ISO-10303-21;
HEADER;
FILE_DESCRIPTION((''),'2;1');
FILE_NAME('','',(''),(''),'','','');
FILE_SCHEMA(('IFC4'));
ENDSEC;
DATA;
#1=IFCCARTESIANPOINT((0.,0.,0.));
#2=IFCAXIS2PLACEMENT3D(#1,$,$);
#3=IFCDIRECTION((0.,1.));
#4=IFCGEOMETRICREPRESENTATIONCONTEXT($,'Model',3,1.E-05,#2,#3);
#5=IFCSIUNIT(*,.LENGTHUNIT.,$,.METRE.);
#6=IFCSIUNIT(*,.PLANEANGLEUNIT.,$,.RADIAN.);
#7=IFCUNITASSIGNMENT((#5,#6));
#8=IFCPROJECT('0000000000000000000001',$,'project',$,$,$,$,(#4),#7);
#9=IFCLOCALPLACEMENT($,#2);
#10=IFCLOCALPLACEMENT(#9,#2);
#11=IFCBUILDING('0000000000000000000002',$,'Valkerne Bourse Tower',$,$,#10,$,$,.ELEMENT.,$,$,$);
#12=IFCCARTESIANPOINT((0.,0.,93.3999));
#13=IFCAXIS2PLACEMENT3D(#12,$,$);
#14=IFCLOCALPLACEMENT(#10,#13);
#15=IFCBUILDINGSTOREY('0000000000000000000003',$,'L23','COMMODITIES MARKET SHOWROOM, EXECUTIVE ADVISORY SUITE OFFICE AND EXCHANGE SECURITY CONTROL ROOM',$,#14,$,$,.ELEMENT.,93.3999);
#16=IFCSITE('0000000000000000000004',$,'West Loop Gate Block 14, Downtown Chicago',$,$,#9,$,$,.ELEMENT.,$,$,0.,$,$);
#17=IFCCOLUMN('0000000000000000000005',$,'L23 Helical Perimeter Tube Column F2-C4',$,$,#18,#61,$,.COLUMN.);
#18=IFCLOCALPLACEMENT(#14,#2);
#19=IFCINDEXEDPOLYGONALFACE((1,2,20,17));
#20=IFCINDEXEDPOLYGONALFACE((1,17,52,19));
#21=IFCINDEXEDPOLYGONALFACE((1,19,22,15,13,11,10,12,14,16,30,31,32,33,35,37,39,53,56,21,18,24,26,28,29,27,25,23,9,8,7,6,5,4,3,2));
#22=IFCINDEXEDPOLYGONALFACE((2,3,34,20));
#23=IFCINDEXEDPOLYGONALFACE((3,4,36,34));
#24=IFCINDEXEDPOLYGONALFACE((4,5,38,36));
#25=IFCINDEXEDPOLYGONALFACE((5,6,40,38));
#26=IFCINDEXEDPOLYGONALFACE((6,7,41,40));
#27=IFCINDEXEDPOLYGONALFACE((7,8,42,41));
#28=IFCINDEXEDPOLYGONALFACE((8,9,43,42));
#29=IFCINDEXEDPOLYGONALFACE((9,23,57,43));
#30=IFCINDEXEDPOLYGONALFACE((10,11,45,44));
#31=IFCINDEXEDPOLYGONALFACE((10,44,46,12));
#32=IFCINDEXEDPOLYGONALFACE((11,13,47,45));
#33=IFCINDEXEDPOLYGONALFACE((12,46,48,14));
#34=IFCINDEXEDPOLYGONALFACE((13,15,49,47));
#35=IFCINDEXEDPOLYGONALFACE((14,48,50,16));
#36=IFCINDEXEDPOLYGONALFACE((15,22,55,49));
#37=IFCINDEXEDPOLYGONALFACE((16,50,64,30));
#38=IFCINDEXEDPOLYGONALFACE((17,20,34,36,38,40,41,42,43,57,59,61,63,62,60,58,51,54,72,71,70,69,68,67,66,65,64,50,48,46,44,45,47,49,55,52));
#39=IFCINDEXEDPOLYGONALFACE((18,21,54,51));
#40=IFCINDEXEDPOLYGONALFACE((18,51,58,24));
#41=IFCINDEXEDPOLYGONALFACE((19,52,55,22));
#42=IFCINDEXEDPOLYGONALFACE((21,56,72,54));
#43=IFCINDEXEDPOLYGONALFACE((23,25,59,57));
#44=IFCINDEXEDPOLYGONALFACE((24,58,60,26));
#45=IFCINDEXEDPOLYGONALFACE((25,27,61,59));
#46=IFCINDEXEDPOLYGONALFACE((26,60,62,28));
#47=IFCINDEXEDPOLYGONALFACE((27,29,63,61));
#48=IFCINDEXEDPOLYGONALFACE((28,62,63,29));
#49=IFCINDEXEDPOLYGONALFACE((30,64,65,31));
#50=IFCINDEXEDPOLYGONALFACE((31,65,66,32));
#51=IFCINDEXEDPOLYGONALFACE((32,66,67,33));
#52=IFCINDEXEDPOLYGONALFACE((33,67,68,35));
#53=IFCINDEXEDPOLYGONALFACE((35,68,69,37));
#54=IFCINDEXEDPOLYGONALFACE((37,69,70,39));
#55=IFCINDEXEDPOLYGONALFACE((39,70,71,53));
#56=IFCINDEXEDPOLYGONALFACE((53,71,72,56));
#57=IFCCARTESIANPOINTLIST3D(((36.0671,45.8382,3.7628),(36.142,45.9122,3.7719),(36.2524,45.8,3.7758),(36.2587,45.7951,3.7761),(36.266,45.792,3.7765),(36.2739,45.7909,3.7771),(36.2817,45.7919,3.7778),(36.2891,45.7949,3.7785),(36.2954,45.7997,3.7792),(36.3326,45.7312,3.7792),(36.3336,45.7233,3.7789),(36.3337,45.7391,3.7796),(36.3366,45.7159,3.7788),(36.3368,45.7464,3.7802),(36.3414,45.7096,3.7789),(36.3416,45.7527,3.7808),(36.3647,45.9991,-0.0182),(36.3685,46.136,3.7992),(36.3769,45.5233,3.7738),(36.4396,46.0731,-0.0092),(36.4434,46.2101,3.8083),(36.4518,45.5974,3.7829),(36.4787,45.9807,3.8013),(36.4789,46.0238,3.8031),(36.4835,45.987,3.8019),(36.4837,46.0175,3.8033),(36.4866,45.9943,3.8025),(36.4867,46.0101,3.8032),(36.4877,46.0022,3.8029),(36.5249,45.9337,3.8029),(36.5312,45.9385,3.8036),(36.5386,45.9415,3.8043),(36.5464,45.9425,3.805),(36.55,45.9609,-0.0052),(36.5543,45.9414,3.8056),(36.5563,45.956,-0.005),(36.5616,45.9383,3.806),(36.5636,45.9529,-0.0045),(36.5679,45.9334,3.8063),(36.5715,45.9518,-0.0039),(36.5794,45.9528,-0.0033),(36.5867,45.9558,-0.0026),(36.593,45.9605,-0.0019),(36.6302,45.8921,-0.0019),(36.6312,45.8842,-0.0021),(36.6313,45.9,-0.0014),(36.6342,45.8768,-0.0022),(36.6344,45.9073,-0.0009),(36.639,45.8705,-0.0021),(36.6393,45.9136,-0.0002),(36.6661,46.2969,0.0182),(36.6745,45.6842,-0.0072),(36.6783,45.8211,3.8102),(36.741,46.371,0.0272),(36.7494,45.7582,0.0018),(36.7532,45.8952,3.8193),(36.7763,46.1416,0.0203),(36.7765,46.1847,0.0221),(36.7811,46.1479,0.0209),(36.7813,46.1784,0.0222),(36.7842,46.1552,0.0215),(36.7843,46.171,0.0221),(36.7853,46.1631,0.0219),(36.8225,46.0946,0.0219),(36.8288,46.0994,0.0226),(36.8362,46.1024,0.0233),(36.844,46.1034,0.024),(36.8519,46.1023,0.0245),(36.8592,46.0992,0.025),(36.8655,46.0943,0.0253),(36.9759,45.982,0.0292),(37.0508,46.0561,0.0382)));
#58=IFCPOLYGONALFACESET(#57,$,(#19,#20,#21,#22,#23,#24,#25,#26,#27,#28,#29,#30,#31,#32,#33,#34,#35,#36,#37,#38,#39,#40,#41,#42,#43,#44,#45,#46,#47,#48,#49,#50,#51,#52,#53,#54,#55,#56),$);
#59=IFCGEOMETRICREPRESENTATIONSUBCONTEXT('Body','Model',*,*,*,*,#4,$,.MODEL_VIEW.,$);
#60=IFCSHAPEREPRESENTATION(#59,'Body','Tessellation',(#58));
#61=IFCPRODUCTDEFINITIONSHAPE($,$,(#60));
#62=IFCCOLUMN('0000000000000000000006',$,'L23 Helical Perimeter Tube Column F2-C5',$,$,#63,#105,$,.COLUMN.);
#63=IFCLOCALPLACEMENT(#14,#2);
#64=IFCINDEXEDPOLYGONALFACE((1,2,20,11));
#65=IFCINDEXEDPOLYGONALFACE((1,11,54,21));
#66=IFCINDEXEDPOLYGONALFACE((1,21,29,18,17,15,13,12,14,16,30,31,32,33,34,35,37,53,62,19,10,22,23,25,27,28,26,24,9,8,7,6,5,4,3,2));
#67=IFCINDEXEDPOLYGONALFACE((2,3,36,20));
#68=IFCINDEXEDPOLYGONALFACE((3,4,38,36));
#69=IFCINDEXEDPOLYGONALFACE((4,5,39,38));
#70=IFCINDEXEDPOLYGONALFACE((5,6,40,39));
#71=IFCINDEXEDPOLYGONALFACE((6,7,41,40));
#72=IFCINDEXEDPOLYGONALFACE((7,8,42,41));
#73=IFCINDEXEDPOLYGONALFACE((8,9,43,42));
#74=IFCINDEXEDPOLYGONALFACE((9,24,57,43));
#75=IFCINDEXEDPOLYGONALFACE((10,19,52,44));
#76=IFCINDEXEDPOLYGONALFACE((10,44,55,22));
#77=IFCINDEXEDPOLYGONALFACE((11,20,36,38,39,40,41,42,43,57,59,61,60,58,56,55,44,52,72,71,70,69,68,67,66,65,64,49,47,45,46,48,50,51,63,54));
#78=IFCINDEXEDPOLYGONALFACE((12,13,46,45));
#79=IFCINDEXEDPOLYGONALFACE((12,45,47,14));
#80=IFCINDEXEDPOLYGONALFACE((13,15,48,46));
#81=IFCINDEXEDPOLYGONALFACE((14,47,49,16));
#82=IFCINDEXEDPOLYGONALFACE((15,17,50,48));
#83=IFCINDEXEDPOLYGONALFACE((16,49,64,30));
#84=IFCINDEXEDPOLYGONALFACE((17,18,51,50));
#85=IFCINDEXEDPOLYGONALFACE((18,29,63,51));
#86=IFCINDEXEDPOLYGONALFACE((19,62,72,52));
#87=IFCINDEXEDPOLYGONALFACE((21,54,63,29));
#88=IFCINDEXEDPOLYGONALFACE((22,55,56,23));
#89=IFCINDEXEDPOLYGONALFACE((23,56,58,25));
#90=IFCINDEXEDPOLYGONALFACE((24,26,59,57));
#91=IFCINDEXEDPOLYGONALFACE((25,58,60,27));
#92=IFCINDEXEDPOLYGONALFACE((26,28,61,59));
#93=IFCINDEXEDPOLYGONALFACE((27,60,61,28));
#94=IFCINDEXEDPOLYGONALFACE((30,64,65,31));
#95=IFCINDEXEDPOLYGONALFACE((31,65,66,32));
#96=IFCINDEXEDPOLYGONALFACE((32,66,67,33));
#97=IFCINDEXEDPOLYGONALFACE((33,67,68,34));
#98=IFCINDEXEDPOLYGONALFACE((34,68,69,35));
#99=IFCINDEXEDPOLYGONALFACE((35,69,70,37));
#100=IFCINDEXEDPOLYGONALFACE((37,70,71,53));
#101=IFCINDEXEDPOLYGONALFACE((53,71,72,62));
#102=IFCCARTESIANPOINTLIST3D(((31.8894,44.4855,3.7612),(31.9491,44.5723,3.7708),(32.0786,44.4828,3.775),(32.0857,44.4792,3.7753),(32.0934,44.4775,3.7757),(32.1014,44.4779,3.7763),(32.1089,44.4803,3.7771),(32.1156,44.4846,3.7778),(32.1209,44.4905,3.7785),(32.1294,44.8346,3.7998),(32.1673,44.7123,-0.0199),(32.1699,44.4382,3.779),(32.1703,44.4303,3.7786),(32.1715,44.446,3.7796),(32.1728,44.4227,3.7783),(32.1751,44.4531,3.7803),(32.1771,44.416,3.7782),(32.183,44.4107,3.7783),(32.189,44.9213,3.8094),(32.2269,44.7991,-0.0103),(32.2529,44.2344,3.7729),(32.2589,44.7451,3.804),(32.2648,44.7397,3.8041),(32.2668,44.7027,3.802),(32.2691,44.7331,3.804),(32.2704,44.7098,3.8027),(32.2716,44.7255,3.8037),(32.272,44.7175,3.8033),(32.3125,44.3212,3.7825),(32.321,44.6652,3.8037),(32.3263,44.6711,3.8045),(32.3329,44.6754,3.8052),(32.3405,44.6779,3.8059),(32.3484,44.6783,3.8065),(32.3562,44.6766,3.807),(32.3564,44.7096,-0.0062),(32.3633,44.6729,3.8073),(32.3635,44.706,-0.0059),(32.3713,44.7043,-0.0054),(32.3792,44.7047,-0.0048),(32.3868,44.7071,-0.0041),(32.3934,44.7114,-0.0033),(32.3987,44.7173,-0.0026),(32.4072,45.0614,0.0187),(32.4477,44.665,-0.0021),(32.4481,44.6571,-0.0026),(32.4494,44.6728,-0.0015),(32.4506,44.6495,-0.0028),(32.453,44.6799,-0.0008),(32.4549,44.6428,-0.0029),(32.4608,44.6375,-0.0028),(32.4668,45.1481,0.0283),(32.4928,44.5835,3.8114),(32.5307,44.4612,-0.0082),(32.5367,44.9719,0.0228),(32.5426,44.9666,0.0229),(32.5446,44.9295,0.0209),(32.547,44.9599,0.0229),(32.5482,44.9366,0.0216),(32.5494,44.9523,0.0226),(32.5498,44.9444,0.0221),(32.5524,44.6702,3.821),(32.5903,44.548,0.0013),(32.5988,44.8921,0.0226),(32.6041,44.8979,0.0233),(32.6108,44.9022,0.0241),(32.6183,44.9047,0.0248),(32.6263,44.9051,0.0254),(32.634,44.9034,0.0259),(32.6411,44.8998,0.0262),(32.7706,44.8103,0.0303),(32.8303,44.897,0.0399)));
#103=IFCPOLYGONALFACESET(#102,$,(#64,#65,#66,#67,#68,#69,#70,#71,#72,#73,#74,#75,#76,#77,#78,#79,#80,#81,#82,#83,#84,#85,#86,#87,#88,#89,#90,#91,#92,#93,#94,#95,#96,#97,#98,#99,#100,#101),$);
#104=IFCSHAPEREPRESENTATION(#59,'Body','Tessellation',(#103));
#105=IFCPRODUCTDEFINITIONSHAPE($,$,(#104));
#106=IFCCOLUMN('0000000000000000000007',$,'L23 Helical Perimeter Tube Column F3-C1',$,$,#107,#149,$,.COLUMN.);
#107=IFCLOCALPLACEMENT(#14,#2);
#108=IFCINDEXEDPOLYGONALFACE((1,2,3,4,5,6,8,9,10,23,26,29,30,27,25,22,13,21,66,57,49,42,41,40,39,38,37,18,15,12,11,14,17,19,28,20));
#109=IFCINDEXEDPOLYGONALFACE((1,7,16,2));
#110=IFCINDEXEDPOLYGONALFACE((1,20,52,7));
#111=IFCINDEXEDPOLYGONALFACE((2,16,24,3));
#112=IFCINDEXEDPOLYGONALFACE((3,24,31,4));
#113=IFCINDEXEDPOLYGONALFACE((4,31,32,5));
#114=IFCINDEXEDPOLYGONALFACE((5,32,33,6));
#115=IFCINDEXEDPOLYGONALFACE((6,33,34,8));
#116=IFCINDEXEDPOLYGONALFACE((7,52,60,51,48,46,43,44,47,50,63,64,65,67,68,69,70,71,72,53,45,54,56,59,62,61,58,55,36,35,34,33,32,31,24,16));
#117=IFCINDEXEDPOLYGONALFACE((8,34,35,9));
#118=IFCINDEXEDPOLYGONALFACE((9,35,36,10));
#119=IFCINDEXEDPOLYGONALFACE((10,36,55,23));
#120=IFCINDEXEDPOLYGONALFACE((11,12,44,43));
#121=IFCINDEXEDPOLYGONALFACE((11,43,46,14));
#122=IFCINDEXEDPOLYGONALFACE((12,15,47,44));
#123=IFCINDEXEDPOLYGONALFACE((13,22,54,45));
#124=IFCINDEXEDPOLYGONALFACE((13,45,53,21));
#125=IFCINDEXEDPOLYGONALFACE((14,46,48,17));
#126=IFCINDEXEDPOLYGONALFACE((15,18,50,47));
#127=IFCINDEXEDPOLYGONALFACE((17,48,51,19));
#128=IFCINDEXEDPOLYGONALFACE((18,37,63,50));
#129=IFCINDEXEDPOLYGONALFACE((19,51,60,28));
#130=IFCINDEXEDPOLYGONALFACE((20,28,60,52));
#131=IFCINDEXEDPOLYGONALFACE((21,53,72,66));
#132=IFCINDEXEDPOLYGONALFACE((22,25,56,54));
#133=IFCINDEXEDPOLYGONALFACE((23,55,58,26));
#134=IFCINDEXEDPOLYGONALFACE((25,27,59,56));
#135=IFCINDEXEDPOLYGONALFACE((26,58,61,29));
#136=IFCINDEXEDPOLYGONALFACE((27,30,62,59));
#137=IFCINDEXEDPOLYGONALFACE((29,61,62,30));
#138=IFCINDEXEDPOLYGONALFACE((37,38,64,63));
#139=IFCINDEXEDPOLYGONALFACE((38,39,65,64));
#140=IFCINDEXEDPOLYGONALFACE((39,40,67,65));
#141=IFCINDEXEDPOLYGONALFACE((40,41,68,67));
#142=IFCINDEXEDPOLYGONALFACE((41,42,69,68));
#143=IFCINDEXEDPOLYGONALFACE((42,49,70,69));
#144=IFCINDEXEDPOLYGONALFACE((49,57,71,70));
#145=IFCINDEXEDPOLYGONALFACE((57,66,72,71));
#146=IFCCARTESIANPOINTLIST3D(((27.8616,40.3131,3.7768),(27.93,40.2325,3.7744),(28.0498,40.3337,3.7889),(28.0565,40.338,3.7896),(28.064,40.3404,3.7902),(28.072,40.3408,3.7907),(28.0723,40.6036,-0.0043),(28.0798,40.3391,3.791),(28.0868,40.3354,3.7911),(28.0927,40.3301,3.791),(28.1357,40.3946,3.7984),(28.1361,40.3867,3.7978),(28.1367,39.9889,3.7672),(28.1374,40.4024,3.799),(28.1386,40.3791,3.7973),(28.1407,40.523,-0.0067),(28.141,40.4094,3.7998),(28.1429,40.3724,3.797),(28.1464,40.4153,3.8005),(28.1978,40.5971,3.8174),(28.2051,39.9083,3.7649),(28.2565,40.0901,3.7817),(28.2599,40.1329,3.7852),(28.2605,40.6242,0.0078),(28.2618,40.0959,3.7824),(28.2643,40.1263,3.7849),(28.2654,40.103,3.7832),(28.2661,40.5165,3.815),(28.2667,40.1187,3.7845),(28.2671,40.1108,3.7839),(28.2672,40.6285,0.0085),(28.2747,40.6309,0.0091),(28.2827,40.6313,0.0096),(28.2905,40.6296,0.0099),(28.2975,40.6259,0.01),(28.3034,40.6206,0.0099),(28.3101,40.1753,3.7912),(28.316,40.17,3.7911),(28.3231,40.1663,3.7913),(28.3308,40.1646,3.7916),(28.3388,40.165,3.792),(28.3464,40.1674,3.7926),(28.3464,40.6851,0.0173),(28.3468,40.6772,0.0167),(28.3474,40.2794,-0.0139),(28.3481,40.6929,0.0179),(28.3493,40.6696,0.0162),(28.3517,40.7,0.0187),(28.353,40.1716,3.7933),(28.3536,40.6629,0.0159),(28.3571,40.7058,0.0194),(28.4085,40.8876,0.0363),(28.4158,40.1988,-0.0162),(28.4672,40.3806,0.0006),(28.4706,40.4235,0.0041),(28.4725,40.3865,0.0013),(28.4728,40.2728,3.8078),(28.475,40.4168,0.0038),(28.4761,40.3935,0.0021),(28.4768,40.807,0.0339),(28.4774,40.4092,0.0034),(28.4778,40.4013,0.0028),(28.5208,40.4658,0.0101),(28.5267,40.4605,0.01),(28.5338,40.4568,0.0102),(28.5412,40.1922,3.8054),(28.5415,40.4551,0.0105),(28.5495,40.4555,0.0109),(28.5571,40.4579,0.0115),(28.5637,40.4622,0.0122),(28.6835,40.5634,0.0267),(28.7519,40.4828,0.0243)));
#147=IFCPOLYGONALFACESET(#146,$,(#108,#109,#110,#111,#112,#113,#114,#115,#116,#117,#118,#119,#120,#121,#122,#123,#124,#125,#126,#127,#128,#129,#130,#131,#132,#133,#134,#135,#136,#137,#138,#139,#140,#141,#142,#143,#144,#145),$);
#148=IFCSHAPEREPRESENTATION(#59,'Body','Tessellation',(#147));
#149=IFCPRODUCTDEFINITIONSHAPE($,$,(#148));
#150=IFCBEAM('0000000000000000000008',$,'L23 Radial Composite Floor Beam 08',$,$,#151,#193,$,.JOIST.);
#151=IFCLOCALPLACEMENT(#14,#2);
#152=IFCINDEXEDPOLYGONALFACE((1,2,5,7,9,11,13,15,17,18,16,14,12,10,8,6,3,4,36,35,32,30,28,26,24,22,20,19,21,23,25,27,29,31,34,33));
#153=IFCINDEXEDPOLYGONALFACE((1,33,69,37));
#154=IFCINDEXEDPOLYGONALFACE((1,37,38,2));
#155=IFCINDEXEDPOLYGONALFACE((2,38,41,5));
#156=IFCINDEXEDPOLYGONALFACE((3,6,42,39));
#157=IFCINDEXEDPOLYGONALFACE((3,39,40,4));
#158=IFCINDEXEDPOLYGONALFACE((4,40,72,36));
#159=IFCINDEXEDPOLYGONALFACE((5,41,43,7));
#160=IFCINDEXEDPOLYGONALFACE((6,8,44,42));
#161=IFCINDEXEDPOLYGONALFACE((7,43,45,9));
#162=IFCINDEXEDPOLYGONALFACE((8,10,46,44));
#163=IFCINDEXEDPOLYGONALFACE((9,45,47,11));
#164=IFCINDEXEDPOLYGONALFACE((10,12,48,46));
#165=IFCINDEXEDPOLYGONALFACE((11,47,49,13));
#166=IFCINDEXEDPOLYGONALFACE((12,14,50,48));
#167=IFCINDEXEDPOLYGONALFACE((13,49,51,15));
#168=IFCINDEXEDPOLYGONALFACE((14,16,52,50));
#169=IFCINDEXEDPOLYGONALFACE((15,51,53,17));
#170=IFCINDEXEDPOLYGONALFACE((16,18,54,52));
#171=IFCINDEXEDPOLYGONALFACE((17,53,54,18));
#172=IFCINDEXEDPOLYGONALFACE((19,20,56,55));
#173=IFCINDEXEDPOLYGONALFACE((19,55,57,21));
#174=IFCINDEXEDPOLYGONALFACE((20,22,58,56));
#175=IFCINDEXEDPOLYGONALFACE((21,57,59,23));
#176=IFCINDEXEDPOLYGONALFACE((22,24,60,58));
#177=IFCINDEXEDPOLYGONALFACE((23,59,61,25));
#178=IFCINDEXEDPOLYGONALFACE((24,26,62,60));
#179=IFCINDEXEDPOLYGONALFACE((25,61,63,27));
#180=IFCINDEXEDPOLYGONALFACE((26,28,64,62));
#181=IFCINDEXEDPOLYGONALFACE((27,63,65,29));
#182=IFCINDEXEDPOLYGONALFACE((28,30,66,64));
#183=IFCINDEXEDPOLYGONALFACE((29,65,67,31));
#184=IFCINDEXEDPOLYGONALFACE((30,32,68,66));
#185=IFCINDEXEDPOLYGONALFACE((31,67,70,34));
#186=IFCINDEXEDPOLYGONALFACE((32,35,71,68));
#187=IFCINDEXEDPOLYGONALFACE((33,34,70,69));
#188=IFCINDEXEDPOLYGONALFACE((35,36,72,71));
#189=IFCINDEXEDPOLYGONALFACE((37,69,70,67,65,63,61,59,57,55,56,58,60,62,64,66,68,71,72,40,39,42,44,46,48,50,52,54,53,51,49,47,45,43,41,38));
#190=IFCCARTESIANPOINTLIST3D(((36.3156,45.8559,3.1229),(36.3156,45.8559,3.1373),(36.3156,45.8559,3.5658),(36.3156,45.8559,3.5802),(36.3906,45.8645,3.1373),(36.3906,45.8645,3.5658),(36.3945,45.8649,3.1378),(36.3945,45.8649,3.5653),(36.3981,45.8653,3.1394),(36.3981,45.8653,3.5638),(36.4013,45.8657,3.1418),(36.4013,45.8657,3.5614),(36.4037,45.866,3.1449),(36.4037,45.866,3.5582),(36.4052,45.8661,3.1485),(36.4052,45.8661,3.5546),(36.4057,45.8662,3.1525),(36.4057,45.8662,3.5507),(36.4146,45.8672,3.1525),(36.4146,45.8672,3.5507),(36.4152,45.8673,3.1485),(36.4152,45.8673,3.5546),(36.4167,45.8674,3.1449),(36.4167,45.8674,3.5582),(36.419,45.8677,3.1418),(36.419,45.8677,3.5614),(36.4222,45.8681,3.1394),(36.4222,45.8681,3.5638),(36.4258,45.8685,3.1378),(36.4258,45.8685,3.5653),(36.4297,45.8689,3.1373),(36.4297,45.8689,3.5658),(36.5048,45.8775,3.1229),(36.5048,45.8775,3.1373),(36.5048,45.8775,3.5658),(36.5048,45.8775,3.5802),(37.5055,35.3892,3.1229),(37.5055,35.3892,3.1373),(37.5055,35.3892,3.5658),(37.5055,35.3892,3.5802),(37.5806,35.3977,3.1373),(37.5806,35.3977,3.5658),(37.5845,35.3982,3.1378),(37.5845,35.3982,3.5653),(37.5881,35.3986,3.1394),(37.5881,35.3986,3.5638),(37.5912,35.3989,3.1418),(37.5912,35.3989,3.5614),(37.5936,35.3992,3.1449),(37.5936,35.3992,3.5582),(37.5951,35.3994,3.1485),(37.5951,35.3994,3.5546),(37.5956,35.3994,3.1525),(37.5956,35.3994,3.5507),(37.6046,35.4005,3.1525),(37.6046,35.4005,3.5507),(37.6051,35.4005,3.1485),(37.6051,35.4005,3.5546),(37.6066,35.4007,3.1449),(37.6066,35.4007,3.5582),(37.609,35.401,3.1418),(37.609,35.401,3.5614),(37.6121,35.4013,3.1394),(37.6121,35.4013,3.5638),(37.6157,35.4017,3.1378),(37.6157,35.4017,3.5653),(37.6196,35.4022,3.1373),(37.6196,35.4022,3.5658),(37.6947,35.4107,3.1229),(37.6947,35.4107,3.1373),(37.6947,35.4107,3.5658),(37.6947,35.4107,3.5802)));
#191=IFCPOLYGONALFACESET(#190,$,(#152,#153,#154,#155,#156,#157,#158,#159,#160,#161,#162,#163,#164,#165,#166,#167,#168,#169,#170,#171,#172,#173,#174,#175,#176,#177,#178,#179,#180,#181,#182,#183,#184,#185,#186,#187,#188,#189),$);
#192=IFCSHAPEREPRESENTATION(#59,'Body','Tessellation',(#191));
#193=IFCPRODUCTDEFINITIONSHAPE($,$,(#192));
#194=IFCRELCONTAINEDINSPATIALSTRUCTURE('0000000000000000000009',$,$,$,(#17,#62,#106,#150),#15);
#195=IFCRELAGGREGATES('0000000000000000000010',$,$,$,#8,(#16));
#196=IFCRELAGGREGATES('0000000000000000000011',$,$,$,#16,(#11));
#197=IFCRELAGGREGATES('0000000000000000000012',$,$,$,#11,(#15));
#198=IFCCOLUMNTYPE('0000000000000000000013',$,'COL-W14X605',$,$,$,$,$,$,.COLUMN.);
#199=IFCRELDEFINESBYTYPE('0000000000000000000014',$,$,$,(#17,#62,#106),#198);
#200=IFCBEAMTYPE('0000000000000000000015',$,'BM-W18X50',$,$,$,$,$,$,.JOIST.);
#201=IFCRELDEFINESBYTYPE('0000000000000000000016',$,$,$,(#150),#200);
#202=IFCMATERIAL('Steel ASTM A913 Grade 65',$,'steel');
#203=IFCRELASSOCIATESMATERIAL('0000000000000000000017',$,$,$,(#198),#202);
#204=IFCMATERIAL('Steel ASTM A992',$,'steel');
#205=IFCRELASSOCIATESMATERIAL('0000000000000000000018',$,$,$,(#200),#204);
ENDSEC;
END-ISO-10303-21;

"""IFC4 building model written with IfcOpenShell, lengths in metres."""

from ifc_helpers import new_model, si_unit, direction, frame, origin, origin_2d, place, context, subcontext, project, spatial, i_section, extrude, material, material_profile, profile_set, type_object, element, save


model = new_model("IFC4")

# Units and contexts
model_context = context("Model", 3, precision=1e-05, world=origin(), true_north=direction((0.0, 1.0)))
body_context = subcontext(model_context, "Body", "Model", "MODEL_VIEW")
ifc_project = project(units=[si_unit("LENGTHUNIT", "METRE"), si_unit("PLANEANGLEUNIT", "RADIAN")], contexts=[model_context])

# Site, building, storey
site_placement = place(None, origin())
site = spatial("IfcSite", under=ifc_project, at=site_placement, Name="West Loop Gate Block 14, Downtown Chicago", CompositionType="ELEMENT", RefElevation=0.0)
building_placement = place(site_placement, origin())
building = spatial("IfcBuilding", under=site, at=building_placement, Name="Valkerne Bourse Tower", CompositionType="ELEMENT")
storey_placement = place(building_placement, frame((0.0, 0.0, 93.3999)))
storey = spatial("IfcBuildingStorey", under=building, at=storey_placement, Name="L23", Description="COMMODITIES MARKET SHOWROOM, EXECUTIVE ADVISORY SUITE OFFICE AND EXCHANGE SECURITY CONTROL ROOM", CompositionType="ELEMENT", Elevation=93.3999)

# Columns
ifc_material_1 = material(Name="Steel ASTM A913 Grade 65", Category="steel")
ifc_material_profile_1 = material_profile(ifc_material_1, i_section(OverallWidth=0.4419, OverallDepth=0.531, WebThickness=0.0659, FlangeThickness=0.1057, FilletRadius=0.0305, at=origin_2d()), Name="W14X605")
ifc_profile_set_1 = profile_set([ifc_material_profile_1], Name="Steel ASTM A913 Grade 65")
column_type = type_object("IfcColumnType", Name="COL-W14X605", PredefinedType="COLUMN", material=ifc_profile_set_1)
column_placement = place(storey_placement, frame((36.7078, 46.0276, 0.01), z_axis=(-0.078398, -0.042382, 0.996021), x_axis=(-0.701126, 0.712603, -0.024864)))
element("IfcColumn", 1, at=column_placement, inside=storey, type_object=column_type, Name="L23 Helical Perimeter Tube Column F2-C4", PredefinedType="COLUMN", context=body_context, shape_type="SweptSolid", body=[
    extrude(i_section(OverallWidth=0.4419, OverallDepth=0.531, WebThickness=0.0659, FlangeThickness=0.1057, FilletRadius=0.0305, at=origin_2d()), origin(), (0.0, 0.0, 1.0), 3.7961),
])
for number, where, z_axis, x_axis, name in (
    (2, (32.4988, 44.8047, 0.01), (-0.073153, -0.059718, 0.995531), (-0.822431, 0.568254, -0.026346), "L23 Helical Perimeter Tube Column F2-C5"),
    (3, (28.4121, 40.5432, 0.01), (-0.055475, -0.076495, 0.995526), (-0.760681, -0.642606, -0.091765), "L23 Helical Perimeter Tube Column F3-C1"),
):
    element("IfcColumn", number, at=place(storey_placement, frame(where, z_axis=z_axis, x_axis=x_axis)), inside=storey, type_object=column_type, Name=name, PredefinedType="COLUMN", context=body_context, shape_type="SweptSolid", body=[
        extrude(i_section(OverallWidth=0.4419, OverallDepth=0.531, WebThickness=0.0659, FlangeThickness=0.1057, FilletRadius=0.0305, at=origin_2d()), origin(), (0.0, 0.0, 1.0), 3.7981),
    ])

# Beam
ifc_material_2 = material(Name="Steel ASTM A992", Category="steel")
ifc_material_profile_2 = material_profile(ifc_material_2, i_section(OverallWidth=0.1904, OverallDepth=0.4573, WebThickness=0.009, FlangeThickness=0.0144, FilletRadius=0.0151, at=origin_2d()), Name="W18X50")
ifc_profile_set_2 = profile_set([ifc_material_profile_2], Name="Steel ASTM A992")
beam_type_1 = type_object("IfcBeamType", Name="BM-W18X50", PredefinedType="JOIST", material=ifc_profile_set_2)
beam_1_placement = place(storey_placement, frame((36.4102, 45.8667, 3.3516), z_axis=(0.11296, -0.9936, 0.0), x_axis=(0.9936, 0.11296, 0.0)))
element("IfcBeam", 4, at=beam_1_placement, inside=storey, type_object=beam_type_1, Name="L23 Radial Composite Floor Beam 08", PredefinedType="JOIST", context=body_context, shape_type="SweptSolid", body=[
    extrude(i_section(OverallWidth=0.1904, OverallDepth=0.4573, WebThickness=0.009, FlangeThickness=0.0144, FilletRadius=0.0151, at=origin_2d()), origin(), (0.0, 0.0, 1.0), 10.5342),
])

save(model, "model.ifc")
